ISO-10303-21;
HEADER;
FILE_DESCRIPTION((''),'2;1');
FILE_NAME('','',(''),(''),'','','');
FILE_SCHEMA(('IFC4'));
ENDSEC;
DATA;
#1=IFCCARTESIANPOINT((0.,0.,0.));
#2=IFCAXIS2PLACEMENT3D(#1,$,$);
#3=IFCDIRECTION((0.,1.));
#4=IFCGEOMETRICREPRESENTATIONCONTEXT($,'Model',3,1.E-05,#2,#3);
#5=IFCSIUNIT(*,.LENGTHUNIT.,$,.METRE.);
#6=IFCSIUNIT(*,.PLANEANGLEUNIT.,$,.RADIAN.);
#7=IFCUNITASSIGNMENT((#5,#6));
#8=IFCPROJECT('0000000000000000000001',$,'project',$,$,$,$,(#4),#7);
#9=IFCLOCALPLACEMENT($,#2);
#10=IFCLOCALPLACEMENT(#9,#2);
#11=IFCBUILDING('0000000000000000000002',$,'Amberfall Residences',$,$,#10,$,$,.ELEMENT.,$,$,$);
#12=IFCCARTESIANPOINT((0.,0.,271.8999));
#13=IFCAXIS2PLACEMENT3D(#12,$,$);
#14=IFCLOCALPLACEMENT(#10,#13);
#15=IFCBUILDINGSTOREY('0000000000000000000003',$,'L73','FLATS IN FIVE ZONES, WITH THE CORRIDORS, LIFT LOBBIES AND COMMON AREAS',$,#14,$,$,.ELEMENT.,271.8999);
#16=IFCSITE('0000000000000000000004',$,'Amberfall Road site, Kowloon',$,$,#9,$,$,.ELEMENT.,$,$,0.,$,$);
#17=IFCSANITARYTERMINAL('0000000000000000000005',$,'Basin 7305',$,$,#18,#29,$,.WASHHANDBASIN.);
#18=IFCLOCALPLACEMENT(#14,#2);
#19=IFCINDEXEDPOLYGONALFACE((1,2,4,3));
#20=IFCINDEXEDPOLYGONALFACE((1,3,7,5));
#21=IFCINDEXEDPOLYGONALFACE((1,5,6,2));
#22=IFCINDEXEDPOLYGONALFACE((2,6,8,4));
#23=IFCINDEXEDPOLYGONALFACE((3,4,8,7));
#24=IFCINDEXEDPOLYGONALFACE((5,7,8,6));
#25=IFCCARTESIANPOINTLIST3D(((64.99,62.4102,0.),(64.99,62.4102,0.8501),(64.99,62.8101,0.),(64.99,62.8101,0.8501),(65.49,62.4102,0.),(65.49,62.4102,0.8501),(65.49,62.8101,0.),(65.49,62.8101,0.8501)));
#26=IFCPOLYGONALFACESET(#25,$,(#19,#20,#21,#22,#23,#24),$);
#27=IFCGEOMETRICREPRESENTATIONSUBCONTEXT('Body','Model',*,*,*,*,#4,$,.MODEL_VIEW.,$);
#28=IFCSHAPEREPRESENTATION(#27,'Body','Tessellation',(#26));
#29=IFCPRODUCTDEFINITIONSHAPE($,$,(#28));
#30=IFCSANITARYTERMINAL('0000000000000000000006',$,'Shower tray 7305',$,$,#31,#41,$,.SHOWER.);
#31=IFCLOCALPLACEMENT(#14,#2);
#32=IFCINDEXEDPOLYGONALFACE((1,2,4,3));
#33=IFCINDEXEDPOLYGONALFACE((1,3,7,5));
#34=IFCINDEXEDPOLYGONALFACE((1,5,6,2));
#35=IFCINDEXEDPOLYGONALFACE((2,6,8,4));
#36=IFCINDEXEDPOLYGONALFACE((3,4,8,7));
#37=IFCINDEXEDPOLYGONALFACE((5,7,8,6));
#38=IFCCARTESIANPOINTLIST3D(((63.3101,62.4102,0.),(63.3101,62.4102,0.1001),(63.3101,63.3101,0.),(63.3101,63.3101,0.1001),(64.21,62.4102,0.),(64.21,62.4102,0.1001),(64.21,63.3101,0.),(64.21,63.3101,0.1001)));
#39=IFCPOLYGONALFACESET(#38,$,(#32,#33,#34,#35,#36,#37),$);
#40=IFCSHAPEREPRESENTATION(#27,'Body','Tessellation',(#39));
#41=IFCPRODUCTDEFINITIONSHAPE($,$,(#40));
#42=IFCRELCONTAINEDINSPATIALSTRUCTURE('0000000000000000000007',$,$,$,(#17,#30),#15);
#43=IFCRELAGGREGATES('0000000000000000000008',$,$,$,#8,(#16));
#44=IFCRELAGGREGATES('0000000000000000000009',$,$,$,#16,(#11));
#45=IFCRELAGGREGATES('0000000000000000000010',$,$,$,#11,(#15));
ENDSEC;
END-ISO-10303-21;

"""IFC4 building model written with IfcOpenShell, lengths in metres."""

from ifc_helpers import new_model, si_unit, direction, frame, origin, origin_2d, place, context, subcontext, project, spatial, rectangle, extrude, element, save


model = new_model("IFC4")

# Units and contexts
model_context = context("Model", 3, precision=1e-05, world=origin(), true_north=direction((0.0, 1.0)))
body_context = subcontext(model_context, "Body", "Model", "MODEL_VIEW")
ifc_project = project(units=[si_unit("LENGTHUNIT", "METRE"), si_unit("PLANEANGLEUNIT", "RADIAN")], contexts=[model_context])

# Site, building, storey
site_placement = place(None, origin())
site = spatial("IfcSite", under=ifc_project, at=site_placement, Name="Amberfall Road site, Kowloon", CompositionType="ELEMENT", RefElevation=0.0)
building_placement = place(site_placement, origin())
building = spatial("IfcBuilding", under=site, at=building_placement, Name="Amberfall Residences", CompositionType="ELEMENT")
storey_placement = place(building_placement, frame((0.0, 0.0, 271.8999)))
storey = spatial("IfcBuildingStorey", under=building, at=storey_placement, Name="L73", Description="FLATS IN FIVE ZONES, WITH THE CORRIDORS, LIFT LOBBIES AND COMMON AREAS", CompositionType="ELEMENT", Elevation=271.8999)

# Sanitary terminals
sanitary_terminal_1_placement = place(storey_placement, frame((65.24, 62.6101, 0.0), z_axis=(0.0, 0.0, 1.0), x_axis=(1.0, 0.0, 0.0)))
element("IfcSanitaryTerminal", 1, at=sanitary_terminal_1_placement, inside=storey, Name="Basin 7305", PredefinedType="WASHHANDBASIN", context=body_context, shape_type="SweptSolid", body=[
    extrude(rectangle(XDim=0.5, YDim=0.3999, at=origin_2d()), origin(), (0.0, 0.0, 1.0), 0.8501),
])
sanitary_terminal_2_placement = place(storey_placement, frame((63.76, 62.8601, 0.0), z_axis=(0.0, 0.0, 1.0), x_axis=(1.0, 0.0, 0.0)))
element("IfcSanitaryTerminal", 2, at=sanitary_terminal_2_placement, inside=storey, Name="Shower tray 7305", PredefinedType="SHOWER", context=body_context, shape_type="SweptSolid", body=[
    extrude(rectangle(XDim=0.8999, YDim=0.8999, at=origin_2d()), origin(), (0.0, 0.0, 1.0), 0.1001),
])

save(model, "model.ifc")
